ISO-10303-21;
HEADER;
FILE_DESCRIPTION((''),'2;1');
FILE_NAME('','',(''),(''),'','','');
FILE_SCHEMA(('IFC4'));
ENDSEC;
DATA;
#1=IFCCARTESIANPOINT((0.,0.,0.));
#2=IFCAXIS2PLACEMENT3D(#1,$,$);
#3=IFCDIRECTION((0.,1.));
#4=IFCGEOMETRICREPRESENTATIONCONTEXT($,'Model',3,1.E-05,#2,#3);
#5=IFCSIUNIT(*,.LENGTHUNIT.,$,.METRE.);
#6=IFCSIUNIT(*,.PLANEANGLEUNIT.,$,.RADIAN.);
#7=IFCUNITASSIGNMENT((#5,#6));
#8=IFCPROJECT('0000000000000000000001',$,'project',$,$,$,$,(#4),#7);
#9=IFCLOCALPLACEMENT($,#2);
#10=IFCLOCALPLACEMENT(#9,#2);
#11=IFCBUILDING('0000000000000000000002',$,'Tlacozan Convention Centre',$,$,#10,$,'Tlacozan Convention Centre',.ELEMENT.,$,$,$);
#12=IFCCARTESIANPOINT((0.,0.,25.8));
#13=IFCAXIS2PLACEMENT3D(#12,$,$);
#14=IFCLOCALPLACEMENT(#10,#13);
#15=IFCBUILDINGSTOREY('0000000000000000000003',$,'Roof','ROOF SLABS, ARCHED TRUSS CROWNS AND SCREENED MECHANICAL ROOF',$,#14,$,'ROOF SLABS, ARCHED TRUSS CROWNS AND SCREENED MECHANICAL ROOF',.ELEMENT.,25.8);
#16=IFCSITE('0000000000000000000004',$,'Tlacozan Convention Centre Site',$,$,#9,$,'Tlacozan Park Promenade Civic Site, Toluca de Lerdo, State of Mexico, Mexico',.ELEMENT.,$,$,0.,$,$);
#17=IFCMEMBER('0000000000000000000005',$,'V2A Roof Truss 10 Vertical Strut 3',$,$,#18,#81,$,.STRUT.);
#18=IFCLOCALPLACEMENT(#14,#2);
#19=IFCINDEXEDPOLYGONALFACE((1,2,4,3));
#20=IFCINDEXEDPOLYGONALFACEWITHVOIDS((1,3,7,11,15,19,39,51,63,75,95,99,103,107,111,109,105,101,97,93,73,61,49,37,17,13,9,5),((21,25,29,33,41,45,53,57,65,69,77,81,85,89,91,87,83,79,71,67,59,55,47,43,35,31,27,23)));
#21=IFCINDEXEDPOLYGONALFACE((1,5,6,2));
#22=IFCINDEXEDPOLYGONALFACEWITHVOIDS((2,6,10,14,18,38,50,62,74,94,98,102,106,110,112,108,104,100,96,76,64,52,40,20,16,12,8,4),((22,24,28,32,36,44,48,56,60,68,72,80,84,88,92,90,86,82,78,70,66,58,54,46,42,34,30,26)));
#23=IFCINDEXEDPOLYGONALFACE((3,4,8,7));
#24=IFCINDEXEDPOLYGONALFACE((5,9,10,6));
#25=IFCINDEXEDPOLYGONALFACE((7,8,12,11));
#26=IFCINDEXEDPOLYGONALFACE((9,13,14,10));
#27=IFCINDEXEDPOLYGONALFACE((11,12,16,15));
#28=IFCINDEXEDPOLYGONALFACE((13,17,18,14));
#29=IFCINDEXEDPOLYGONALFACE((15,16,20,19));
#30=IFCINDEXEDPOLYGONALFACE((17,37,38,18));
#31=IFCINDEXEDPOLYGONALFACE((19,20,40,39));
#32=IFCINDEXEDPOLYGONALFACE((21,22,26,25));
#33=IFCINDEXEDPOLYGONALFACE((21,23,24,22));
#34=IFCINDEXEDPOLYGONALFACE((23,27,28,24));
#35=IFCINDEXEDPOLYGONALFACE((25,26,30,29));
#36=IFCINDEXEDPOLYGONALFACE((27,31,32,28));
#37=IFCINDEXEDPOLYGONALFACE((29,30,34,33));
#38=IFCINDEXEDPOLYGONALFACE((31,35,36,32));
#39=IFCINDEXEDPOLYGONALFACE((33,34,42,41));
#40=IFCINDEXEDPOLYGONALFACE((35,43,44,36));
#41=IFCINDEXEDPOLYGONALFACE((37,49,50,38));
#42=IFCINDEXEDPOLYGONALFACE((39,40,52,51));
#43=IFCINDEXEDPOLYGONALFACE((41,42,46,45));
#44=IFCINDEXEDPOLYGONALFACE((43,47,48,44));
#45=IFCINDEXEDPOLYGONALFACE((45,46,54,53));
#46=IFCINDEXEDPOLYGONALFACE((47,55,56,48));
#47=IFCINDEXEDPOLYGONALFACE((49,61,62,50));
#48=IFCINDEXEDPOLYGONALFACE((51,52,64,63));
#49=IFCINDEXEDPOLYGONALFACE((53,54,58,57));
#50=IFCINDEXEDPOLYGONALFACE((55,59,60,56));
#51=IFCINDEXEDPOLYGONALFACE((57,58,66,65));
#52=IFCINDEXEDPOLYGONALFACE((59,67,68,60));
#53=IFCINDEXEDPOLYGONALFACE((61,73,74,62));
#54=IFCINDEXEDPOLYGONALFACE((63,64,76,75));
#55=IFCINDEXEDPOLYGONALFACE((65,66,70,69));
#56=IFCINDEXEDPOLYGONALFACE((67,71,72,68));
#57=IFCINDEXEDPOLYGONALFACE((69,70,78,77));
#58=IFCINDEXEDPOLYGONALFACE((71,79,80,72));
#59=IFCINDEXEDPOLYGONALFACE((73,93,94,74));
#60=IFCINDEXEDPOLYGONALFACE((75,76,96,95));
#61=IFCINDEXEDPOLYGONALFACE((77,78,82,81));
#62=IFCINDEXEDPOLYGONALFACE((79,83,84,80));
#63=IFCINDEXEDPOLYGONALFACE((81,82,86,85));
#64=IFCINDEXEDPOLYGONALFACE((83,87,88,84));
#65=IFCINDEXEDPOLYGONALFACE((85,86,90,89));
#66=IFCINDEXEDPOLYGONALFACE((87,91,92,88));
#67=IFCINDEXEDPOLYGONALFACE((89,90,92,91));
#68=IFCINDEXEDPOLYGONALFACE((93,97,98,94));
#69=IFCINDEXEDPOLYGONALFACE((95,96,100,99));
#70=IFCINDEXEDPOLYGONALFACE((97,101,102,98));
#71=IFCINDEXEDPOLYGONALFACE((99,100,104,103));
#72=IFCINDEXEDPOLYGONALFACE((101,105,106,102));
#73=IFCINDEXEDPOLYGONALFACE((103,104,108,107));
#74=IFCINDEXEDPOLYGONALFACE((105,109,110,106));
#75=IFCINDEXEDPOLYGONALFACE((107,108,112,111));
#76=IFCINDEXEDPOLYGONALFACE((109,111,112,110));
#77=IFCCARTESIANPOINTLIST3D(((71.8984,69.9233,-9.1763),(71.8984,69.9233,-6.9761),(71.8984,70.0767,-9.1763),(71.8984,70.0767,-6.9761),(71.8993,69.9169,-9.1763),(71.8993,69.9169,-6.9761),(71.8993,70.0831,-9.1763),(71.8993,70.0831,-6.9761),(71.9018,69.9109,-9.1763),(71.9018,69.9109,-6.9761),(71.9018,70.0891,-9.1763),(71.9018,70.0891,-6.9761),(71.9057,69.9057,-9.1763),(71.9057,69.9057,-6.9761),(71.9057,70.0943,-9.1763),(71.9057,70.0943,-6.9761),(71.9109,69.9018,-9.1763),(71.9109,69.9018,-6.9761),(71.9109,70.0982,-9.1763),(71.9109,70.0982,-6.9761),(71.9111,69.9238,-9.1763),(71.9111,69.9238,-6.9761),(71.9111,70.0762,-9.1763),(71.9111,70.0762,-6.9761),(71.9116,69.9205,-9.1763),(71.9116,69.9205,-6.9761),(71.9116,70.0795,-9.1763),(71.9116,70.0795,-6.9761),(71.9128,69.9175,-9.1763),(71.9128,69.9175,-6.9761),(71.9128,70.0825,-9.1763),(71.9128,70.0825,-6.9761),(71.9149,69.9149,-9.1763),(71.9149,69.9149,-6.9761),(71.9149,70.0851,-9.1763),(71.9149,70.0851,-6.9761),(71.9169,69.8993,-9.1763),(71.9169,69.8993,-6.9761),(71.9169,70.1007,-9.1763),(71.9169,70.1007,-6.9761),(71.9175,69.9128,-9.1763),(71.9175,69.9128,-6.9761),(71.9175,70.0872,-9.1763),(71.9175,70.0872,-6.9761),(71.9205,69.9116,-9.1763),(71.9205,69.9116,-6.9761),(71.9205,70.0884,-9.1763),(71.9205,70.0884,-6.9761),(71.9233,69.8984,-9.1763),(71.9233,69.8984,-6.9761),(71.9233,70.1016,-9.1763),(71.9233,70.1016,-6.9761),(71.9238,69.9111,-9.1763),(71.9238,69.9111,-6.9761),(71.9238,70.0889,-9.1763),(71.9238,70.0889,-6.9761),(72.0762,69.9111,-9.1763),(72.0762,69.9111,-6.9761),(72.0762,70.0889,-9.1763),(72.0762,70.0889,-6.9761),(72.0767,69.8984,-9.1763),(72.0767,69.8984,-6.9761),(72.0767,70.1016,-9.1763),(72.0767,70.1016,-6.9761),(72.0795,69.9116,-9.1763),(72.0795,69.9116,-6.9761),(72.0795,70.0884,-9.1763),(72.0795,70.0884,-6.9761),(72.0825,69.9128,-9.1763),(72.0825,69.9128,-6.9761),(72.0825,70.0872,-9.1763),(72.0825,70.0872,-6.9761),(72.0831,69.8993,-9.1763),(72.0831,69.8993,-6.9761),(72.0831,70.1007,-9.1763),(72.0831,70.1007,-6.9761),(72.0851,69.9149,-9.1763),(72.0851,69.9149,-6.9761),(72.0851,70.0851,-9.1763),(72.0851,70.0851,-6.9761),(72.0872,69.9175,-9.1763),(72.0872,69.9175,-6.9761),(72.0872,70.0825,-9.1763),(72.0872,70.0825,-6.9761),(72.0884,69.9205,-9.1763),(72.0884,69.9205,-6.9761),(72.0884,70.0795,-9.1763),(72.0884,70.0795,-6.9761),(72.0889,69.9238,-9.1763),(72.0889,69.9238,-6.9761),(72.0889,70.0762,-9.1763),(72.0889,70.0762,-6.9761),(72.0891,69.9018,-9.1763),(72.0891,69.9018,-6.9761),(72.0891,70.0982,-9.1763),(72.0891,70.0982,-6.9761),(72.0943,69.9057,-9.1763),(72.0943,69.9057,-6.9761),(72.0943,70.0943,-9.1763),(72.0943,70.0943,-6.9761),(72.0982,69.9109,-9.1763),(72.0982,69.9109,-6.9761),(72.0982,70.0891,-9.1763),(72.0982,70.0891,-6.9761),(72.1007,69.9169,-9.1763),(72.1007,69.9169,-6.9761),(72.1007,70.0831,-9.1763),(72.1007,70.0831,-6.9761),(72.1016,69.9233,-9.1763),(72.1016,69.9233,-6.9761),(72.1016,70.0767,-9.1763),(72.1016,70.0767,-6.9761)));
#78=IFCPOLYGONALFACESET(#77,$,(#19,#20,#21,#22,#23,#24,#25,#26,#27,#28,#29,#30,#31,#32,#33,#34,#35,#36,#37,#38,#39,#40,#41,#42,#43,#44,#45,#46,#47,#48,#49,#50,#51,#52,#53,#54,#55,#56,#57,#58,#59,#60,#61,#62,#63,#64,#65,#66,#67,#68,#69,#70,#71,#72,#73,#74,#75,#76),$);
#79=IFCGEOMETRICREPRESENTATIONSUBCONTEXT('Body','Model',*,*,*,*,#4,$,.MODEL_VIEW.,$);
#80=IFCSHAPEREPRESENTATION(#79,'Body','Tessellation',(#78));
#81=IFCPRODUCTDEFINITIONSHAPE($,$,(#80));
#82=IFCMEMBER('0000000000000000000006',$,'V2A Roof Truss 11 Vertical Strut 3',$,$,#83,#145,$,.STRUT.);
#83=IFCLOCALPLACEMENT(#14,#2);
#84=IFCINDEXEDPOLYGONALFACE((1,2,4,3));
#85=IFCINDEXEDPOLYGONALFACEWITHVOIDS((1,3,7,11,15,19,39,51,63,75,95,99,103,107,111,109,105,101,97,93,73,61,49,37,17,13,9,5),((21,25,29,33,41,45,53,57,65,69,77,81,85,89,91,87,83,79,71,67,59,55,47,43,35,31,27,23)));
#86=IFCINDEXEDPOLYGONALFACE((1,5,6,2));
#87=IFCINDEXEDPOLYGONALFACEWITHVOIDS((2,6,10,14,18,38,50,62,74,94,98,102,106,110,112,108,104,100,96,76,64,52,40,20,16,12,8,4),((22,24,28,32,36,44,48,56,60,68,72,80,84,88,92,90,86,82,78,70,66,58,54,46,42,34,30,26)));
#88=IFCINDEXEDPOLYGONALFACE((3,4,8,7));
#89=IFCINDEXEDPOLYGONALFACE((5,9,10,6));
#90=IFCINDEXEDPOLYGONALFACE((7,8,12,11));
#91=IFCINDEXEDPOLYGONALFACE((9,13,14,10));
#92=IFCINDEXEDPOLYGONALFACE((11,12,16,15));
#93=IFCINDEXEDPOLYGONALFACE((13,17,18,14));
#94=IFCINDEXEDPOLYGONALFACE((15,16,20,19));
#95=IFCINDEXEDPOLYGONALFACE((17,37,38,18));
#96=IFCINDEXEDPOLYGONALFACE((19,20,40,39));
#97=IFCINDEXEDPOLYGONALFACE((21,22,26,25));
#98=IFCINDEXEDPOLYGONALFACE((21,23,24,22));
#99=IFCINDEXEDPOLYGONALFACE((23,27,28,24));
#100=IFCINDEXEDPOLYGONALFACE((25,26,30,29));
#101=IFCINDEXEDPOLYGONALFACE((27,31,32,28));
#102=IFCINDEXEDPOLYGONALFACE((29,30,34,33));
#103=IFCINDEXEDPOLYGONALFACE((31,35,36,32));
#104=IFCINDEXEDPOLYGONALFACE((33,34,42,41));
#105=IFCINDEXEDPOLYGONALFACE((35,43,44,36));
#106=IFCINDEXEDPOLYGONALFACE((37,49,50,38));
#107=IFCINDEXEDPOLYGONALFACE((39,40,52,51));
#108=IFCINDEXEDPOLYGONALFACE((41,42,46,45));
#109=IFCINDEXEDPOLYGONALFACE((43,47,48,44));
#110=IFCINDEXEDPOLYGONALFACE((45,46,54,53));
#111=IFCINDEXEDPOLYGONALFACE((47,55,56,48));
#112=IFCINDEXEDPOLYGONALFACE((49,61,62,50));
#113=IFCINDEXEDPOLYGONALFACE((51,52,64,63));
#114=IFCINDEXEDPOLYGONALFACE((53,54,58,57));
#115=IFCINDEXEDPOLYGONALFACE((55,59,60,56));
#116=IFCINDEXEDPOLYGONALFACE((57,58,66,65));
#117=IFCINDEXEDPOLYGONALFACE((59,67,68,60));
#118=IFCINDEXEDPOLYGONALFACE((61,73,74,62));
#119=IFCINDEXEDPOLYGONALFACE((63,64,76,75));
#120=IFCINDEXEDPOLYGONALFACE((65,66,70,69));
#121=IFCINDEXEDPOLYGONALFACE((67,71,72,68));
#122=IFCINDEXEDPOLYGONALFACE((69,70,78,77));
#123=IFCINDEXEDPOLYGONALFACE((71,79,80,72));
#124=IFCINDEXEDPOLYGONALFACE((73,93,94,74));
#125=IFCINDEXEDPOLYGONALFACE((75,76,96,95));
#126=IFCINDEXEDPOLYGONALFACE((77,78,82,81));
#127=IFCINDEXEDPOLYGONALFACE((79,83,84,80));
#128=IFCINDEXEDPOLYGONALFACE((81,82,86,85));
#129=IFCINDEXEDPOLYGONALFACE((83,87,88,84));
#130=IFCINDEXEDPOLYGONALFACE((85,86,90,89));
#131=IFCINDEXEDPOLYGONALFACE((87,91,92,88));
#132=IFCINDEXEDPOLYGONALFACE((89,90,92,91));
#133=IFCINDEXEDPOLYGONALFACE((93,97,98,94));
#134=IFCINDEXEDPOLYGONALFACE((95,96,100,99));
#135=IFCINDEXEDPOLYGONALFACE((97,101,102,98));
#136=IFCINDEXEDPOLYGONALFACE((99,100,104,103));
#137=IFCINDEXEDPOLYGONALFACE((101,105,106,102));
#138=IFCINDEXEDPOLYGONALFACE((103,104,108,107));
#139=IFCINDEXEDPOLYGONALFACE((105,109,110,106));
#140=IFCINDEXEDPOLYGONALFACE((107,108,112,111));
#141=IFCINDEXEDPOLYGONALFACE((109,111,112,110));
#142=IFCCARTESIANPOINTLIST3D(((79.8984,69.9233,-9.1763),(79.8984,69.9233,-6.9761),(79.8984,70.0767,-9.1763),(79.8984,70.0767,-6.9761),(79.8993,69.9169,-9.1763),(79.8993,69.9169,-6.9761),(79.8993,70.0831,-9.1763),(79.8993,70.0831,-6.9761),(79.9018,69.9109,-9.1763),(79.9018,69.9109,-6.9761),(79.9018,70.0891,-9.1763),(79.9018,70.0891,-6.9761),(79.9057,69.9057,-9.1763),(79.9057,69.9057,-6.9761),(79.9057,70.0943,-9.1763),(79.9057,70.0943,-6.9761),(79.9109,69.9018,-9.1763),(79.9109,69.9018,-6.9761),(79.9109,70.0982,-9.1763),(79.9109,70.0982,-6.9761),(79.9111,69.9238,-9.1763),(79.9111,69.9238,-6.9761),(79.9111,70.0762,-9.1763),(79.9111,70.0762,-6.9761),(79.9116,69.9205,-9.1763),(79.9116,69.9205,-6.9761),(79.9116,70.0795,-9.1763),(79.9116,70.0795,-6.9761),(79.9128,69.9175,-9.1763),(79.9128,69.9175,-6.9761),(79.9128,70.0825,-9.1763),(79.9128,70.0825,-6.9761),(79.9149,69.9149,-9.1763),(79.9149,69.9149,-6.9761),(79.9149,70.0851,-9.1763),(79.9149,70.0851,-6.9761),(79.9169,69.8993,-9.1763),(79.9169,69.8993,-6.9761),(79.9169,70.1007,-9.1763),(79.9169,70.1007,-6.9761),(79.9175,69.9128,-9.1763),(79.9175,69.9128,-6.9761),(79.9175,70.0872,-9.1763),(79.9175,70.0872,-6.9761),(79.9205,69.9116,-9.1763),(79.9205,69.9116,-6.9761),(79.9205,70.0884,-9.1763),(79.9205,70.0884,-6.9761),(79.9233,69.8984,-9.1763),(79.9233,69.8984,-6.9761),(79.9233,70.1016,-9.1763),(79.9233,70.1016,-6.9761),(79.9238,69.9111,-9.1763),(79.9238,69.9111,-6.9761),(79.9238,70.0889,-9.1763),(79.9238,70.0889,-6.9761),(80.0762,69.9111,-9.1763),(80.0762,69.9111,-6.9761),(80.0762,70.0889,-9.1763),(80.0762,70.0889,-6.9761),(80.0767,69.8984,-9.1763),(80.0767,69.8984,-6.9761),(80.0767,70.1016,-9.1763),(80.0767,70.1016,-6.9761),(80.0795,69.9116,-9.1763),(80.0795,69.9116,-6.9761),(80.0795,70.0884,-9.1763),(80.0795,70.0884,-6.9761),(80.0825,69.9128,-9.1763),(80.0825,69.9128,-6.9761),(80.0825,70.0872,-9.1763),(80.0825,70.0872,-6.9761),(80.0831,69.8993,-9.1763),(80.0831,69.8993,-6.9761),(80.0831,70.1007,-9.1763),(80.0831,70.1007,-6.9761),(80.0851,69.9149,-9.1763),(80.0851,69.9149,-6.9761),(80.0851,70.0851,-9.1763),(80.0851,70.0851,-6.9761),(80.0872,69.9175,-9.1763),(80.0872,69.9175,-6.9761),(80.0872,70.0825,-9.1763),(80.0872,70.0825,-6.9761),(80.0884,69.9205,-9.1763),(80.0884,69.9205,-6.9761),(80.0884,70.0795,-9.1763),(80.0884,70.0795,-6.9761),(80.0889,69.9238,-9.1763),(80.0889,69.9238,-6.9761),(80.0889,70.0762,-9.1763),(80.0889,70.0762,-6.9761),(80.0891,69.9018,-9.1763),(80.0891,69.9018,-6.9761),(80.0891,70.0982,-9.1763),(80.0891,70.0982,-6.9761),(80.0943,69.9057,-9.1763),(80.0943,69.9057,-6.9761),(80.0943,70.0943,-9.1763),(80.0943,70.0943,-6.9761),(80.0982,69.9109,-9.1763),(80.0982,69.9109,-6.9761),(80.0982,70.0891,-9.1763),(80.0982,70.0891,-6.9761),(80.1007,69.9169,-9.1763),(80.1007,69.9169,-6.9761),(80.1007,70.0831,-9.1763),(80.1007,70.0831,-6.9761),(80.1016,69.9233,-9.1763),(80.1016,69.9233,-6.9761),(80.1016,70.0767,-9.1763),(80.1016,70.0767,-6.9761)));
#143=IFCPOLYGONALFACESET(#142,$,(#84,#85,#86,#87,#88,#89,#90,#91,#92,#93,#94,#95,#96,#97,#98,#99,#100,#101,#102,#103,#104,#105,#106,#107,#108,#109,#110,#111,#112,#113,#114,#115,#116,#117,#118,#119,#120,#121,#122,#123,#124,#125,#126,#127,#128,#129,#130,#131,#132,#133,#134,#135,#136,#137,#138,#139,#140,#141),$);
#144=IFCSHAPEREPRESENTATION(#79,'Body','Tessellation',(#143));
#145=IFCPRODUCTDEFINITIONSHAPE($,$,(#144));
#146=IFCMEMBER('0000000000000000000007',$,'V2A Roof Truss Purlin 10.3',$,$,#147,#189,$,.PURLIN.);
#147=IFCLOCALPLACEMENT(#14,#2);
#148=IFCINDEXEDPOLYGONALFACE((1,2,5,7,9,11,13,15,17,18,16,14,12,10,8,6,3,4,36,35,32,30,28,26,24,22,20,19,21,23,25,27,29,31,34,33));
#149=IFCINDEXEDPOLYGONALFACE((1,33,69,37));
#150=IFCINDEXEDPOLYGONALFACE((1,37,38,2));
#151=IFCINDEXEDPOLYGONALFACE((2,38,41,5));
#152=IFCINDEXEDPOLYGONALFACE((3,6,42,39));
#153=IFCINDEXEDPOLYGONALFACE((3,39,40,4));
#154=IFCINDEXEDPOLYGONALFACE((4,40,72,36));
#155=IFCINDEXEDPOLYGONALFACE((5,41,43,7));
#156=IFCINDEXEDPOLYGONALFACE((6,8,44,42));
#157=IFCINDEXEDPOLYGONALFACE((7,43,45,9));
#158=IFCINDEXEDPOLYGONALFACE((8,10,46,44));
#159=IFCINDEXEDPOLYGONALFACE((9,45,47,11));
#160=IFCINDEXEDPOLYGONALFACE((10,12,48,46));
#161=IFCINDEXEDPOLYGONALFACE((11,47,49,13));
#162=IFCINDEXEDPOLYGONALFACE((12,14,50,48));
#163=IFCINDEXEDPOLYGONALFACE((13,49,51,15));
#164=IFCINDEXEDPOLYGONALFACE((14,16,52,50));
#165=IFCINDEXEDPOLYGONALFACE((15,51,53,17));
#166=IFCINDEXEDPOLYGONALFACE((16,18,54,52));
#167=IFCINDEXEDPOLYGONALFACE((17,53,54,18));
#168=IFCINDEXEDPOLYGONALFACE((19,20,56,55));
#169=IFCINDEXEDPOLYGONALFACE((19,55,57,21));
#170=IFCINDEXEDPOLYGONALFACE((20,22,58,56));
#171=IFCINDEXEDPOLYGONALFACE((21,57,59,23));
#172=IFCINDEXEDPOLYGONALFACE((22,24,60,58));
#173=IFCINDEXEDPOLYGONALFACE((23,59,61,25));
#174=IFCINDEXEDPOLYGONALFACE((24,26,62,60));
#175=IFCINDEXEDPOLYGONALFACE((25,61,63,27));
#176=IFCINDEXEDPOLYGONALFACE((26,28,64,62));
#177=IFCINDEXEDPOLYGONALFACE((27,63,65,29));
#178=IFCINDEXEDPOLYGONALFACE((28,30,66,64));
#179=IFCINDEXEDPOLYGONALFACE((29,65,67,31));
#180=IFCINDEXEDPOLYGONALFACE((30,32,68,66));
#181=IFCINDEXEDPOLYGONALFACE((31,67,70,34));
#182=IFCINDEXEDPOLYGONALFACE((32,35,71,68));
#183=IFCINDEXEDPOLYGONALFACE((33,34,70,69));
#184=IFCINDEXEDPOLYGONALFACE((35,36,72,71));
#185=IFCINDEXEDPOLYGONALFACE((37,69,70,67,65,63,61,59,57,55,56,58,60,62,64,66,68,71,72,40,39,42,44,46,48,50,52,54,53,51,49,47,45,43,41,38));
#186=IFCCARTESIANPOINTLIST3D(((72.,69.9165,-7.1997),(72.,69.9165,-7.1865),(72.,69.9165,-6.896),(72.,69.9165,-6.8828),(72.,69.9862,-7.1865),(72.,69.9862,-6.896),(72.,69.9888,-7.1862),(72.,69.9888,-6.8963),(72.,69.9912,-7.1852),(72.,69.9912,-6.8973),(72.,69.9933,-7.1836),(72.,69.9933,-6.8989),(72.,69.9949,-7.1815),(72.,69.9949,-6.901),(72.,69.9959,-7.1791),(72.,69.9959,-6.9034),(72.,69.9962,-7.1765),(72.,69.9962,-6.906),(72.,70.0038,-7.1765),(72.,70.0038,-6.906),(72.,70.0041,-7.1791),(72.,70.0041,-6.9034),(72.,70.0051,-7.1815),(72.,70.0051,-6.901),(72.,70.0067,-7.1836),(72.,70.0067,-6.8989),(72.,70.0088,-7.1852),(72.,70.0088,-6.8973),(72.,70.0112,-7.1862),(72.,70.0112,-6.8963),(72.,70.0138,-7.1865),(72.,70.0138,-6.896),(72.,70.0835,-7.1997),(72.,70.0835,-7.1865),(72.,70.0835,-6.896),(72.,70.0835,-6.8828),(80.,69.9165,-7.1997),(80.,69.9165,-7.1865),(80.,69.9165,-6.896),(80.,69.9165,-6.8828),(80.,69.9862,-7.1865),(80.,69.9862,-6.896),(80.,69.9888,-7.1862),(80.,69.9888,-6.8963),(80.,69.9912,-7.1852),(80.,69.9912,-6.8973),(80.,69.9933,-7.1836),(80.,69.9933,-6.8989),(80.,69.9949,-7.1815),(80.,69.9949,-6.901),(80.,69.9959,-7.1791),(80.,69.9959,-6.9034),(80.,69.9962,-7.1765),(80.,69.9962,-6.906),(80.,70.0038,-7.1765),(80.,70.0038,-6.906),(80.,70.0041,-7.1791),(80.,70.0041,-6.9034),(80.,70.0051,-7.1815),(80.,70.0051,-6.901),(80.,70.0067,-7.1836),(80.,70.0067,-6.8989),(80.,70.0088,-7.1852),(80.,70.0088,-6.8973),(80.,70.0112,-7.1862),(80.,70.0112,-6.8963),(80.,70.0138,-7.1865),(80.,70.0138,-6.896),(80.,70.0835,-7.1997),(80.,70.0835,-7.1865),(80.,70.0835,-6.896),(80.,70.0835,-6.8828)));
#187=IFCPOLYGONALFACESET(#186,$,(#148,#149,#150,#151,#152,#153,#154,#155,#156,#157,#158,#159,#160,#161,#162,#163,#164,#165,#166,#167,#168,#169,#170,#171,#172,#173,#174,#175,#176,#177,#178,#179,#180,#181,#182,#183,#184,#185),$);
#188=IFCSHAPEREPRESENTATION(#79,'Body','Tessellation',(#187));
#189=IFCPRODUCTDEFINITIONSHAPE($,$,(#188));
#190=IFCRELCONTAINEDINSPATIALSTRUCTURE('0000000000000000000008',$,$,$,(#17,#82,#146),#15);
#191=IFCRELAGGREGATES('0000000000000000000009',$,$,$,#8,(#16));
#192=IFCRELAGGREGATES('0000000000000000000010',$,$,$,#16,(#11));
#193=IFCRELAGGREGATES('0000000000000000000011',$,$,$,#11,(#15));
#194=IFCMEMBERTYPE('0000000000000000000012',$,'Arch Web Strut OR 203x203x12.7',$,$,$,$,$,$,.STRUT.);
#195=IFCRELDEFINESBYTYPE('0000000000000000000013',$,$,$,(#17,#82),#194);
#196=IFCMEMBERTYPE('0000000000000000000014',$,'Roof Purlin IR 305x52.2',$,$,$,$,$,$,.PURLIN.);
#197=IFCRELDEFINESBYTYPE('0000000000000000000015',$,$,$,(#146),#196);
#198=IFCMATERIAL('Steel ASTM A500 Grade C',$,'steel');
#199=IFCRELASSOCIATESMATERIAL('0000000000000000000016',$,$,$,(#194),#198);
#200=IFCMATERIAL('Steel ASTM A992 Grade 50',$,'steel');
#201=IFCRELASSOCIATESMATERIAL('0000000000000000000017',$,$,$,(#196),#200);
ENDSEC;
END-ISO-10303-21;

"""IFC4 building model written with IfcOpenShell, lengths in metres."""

from ifc_helpers import new_model, si_unit, direction, frame, origin, origin_2d, place, context, subcontext, project, spatial, hollow_rectangle, i_section, extrude, material, material_profile, profile_set, type_object, element, save


model = new_model("IFC4")

# Units and contexts
model_context = context("Model", 3, precision=1e-05, world=origin(), true_north=direction((0.0, 1.0)))
body_context = subcontext(model_context, "Body", "Model", "MODEL_VIEW")
ifc_project = project(units=[si_unit("LENGTHUNIT", "METRE"), si_unit("PLANEANGLEUNIT", "RADIAN")], contexts=[model_context])

# Site, building, storey
site_placement = place(None, origin())
site = spatial("IfcSite", under=ifc_project, at=site_placement, Name="Tlacozan Convention Centre Site", LongName="Tlacozan Park Promenade Civic Site, Toluca de Lerdo, State of Mexico, Mexico", CompositionType="ELEMENT", RefElevation=0.0)
building_placement = place(site_placement, origin())
building = spatial("IfcBuilding", under=site, at=building_placement, Name="Tlacozan Convention Centre", LongName="Tlacozan Convention Centre", CompositionType="ELEMENT")
storey_placement = place(building_placement, frame((0.0, 0.0, 25.8)))
storey = spatial("IfcBuildingStorey", under=building, at=storey_placement, Name="Roof", Description="ROOF SLABS, ARCHED TRUSS CROWNS AND SCREENED MECHANICAL ROOF", LongName="ROOF SLABS, ARCHED TRUSS CROWNS AND SCREENED MECHANICAL ROOF", CompositionType="ELEMENT", Elevation=25.8)

# Members
ifc_material_1 = material(Name="Steel ASTM A500 Grade C", Category="steel")
ifc_material_profile_1 = material_profile(ifc_material_1, hollow_rectangle(XDim=0.2031, YDim=0.2031, WallThickness=0.0127, InnerFilletRadius=0.0127, OuterFilletRadius=0.0249, at=origin_2d()), Name="OR 203x203x12.7")
ifc_profile_set_1 = profile_set([ifc_material_profile_1], Name="Steel ASTM A500 Grade C")
member_type_1 = type_object("IfcMemberType", Name="Arch Web Strut OR 203x203x12.7", PredefinedType="STRUT", material=ifc_profile_set_1)
for number, where, z_axis, x_axis, name in (
    (1, (72.0, 70.0, -9.1763), (0.0, 0.0, 1.0), (1.0, 0.0, 0.0), "V2A Roof Truss 10 Vertical Strut 3"),
    (2, (80.0, 70.0, -9.1763), (0.0, 0.0, 1.0), (1.0, 0.0, 0.0), "V2A Roof Truss 11 Vertical Strut 3"),
):
    element("IfcMember", number, at=place(storey_placement, frame(where, z_axis=z_axis, x_axis=x_axis)), inside=storey, type_object=member_type_1, Name=name, PredefinedType="STRUT", context=body_context, shape_type="SweptSolid", body=[
        extrude(hollow_rectangle(XDim=0.2031, YDim=0.2031, WallThickness=0.0127, InnerFilletRadius=0.0127, OuterFilletRadius=0.0249, at=origin_2d()), origin(), (0.0, 0.0, 1.0), 2.2002),
    ])
ifc_material_2 = material(Name="Steel ASTM A992 Grade 50", Category="steel")
ifc_material_profile_2 = material_profile(ifc_material_2, i_section(OverallWidth=0.167, OverallDepth=0.3169, WebThickness=0.0076, FlangeThickness=0.0132, FilletRadius=0.01, at=origin_2d()), Name="IR 305x52.2")
ifc_profile_set_2 = profile_set([ifc_material_profile_2], Name="Steel ASTM A992 Grade 50")
member_type_2 = type_object("IfcMemberType", Name="Roof Purlin IR 305x52.2", PredefinedType="PURLIN", material=ifc_profile_set_2)
for number, where, z_axis, x_axis, name in (
    (3, (72.0, 70.0, -7.0413), (1.0, 0.0, 0.0), (0.0, 1.0, 0.0), "V2A Roof Truss Purlin 10.3"),
):
    element("IfcMember", number, at=place(storey_placement, frame(where, z_axis=z_axis, x_axis=x_axis)), inside=storey, type_object=member_type_2, Name=name, PredefinedType="PURLIN", context=body_context, shape_type="SweptSolid", body=[
        extrude(i_section(OverallWidth=0.167, OverallDepth=0.3169, WebThickness=0.0076, FlangeThickness=0.0132, FilletRadius=0.01, at=origin_2d()), origin(), (0.0, 0.0, 1.0), 8.0),
    ])

save(model, "model.ifc")
